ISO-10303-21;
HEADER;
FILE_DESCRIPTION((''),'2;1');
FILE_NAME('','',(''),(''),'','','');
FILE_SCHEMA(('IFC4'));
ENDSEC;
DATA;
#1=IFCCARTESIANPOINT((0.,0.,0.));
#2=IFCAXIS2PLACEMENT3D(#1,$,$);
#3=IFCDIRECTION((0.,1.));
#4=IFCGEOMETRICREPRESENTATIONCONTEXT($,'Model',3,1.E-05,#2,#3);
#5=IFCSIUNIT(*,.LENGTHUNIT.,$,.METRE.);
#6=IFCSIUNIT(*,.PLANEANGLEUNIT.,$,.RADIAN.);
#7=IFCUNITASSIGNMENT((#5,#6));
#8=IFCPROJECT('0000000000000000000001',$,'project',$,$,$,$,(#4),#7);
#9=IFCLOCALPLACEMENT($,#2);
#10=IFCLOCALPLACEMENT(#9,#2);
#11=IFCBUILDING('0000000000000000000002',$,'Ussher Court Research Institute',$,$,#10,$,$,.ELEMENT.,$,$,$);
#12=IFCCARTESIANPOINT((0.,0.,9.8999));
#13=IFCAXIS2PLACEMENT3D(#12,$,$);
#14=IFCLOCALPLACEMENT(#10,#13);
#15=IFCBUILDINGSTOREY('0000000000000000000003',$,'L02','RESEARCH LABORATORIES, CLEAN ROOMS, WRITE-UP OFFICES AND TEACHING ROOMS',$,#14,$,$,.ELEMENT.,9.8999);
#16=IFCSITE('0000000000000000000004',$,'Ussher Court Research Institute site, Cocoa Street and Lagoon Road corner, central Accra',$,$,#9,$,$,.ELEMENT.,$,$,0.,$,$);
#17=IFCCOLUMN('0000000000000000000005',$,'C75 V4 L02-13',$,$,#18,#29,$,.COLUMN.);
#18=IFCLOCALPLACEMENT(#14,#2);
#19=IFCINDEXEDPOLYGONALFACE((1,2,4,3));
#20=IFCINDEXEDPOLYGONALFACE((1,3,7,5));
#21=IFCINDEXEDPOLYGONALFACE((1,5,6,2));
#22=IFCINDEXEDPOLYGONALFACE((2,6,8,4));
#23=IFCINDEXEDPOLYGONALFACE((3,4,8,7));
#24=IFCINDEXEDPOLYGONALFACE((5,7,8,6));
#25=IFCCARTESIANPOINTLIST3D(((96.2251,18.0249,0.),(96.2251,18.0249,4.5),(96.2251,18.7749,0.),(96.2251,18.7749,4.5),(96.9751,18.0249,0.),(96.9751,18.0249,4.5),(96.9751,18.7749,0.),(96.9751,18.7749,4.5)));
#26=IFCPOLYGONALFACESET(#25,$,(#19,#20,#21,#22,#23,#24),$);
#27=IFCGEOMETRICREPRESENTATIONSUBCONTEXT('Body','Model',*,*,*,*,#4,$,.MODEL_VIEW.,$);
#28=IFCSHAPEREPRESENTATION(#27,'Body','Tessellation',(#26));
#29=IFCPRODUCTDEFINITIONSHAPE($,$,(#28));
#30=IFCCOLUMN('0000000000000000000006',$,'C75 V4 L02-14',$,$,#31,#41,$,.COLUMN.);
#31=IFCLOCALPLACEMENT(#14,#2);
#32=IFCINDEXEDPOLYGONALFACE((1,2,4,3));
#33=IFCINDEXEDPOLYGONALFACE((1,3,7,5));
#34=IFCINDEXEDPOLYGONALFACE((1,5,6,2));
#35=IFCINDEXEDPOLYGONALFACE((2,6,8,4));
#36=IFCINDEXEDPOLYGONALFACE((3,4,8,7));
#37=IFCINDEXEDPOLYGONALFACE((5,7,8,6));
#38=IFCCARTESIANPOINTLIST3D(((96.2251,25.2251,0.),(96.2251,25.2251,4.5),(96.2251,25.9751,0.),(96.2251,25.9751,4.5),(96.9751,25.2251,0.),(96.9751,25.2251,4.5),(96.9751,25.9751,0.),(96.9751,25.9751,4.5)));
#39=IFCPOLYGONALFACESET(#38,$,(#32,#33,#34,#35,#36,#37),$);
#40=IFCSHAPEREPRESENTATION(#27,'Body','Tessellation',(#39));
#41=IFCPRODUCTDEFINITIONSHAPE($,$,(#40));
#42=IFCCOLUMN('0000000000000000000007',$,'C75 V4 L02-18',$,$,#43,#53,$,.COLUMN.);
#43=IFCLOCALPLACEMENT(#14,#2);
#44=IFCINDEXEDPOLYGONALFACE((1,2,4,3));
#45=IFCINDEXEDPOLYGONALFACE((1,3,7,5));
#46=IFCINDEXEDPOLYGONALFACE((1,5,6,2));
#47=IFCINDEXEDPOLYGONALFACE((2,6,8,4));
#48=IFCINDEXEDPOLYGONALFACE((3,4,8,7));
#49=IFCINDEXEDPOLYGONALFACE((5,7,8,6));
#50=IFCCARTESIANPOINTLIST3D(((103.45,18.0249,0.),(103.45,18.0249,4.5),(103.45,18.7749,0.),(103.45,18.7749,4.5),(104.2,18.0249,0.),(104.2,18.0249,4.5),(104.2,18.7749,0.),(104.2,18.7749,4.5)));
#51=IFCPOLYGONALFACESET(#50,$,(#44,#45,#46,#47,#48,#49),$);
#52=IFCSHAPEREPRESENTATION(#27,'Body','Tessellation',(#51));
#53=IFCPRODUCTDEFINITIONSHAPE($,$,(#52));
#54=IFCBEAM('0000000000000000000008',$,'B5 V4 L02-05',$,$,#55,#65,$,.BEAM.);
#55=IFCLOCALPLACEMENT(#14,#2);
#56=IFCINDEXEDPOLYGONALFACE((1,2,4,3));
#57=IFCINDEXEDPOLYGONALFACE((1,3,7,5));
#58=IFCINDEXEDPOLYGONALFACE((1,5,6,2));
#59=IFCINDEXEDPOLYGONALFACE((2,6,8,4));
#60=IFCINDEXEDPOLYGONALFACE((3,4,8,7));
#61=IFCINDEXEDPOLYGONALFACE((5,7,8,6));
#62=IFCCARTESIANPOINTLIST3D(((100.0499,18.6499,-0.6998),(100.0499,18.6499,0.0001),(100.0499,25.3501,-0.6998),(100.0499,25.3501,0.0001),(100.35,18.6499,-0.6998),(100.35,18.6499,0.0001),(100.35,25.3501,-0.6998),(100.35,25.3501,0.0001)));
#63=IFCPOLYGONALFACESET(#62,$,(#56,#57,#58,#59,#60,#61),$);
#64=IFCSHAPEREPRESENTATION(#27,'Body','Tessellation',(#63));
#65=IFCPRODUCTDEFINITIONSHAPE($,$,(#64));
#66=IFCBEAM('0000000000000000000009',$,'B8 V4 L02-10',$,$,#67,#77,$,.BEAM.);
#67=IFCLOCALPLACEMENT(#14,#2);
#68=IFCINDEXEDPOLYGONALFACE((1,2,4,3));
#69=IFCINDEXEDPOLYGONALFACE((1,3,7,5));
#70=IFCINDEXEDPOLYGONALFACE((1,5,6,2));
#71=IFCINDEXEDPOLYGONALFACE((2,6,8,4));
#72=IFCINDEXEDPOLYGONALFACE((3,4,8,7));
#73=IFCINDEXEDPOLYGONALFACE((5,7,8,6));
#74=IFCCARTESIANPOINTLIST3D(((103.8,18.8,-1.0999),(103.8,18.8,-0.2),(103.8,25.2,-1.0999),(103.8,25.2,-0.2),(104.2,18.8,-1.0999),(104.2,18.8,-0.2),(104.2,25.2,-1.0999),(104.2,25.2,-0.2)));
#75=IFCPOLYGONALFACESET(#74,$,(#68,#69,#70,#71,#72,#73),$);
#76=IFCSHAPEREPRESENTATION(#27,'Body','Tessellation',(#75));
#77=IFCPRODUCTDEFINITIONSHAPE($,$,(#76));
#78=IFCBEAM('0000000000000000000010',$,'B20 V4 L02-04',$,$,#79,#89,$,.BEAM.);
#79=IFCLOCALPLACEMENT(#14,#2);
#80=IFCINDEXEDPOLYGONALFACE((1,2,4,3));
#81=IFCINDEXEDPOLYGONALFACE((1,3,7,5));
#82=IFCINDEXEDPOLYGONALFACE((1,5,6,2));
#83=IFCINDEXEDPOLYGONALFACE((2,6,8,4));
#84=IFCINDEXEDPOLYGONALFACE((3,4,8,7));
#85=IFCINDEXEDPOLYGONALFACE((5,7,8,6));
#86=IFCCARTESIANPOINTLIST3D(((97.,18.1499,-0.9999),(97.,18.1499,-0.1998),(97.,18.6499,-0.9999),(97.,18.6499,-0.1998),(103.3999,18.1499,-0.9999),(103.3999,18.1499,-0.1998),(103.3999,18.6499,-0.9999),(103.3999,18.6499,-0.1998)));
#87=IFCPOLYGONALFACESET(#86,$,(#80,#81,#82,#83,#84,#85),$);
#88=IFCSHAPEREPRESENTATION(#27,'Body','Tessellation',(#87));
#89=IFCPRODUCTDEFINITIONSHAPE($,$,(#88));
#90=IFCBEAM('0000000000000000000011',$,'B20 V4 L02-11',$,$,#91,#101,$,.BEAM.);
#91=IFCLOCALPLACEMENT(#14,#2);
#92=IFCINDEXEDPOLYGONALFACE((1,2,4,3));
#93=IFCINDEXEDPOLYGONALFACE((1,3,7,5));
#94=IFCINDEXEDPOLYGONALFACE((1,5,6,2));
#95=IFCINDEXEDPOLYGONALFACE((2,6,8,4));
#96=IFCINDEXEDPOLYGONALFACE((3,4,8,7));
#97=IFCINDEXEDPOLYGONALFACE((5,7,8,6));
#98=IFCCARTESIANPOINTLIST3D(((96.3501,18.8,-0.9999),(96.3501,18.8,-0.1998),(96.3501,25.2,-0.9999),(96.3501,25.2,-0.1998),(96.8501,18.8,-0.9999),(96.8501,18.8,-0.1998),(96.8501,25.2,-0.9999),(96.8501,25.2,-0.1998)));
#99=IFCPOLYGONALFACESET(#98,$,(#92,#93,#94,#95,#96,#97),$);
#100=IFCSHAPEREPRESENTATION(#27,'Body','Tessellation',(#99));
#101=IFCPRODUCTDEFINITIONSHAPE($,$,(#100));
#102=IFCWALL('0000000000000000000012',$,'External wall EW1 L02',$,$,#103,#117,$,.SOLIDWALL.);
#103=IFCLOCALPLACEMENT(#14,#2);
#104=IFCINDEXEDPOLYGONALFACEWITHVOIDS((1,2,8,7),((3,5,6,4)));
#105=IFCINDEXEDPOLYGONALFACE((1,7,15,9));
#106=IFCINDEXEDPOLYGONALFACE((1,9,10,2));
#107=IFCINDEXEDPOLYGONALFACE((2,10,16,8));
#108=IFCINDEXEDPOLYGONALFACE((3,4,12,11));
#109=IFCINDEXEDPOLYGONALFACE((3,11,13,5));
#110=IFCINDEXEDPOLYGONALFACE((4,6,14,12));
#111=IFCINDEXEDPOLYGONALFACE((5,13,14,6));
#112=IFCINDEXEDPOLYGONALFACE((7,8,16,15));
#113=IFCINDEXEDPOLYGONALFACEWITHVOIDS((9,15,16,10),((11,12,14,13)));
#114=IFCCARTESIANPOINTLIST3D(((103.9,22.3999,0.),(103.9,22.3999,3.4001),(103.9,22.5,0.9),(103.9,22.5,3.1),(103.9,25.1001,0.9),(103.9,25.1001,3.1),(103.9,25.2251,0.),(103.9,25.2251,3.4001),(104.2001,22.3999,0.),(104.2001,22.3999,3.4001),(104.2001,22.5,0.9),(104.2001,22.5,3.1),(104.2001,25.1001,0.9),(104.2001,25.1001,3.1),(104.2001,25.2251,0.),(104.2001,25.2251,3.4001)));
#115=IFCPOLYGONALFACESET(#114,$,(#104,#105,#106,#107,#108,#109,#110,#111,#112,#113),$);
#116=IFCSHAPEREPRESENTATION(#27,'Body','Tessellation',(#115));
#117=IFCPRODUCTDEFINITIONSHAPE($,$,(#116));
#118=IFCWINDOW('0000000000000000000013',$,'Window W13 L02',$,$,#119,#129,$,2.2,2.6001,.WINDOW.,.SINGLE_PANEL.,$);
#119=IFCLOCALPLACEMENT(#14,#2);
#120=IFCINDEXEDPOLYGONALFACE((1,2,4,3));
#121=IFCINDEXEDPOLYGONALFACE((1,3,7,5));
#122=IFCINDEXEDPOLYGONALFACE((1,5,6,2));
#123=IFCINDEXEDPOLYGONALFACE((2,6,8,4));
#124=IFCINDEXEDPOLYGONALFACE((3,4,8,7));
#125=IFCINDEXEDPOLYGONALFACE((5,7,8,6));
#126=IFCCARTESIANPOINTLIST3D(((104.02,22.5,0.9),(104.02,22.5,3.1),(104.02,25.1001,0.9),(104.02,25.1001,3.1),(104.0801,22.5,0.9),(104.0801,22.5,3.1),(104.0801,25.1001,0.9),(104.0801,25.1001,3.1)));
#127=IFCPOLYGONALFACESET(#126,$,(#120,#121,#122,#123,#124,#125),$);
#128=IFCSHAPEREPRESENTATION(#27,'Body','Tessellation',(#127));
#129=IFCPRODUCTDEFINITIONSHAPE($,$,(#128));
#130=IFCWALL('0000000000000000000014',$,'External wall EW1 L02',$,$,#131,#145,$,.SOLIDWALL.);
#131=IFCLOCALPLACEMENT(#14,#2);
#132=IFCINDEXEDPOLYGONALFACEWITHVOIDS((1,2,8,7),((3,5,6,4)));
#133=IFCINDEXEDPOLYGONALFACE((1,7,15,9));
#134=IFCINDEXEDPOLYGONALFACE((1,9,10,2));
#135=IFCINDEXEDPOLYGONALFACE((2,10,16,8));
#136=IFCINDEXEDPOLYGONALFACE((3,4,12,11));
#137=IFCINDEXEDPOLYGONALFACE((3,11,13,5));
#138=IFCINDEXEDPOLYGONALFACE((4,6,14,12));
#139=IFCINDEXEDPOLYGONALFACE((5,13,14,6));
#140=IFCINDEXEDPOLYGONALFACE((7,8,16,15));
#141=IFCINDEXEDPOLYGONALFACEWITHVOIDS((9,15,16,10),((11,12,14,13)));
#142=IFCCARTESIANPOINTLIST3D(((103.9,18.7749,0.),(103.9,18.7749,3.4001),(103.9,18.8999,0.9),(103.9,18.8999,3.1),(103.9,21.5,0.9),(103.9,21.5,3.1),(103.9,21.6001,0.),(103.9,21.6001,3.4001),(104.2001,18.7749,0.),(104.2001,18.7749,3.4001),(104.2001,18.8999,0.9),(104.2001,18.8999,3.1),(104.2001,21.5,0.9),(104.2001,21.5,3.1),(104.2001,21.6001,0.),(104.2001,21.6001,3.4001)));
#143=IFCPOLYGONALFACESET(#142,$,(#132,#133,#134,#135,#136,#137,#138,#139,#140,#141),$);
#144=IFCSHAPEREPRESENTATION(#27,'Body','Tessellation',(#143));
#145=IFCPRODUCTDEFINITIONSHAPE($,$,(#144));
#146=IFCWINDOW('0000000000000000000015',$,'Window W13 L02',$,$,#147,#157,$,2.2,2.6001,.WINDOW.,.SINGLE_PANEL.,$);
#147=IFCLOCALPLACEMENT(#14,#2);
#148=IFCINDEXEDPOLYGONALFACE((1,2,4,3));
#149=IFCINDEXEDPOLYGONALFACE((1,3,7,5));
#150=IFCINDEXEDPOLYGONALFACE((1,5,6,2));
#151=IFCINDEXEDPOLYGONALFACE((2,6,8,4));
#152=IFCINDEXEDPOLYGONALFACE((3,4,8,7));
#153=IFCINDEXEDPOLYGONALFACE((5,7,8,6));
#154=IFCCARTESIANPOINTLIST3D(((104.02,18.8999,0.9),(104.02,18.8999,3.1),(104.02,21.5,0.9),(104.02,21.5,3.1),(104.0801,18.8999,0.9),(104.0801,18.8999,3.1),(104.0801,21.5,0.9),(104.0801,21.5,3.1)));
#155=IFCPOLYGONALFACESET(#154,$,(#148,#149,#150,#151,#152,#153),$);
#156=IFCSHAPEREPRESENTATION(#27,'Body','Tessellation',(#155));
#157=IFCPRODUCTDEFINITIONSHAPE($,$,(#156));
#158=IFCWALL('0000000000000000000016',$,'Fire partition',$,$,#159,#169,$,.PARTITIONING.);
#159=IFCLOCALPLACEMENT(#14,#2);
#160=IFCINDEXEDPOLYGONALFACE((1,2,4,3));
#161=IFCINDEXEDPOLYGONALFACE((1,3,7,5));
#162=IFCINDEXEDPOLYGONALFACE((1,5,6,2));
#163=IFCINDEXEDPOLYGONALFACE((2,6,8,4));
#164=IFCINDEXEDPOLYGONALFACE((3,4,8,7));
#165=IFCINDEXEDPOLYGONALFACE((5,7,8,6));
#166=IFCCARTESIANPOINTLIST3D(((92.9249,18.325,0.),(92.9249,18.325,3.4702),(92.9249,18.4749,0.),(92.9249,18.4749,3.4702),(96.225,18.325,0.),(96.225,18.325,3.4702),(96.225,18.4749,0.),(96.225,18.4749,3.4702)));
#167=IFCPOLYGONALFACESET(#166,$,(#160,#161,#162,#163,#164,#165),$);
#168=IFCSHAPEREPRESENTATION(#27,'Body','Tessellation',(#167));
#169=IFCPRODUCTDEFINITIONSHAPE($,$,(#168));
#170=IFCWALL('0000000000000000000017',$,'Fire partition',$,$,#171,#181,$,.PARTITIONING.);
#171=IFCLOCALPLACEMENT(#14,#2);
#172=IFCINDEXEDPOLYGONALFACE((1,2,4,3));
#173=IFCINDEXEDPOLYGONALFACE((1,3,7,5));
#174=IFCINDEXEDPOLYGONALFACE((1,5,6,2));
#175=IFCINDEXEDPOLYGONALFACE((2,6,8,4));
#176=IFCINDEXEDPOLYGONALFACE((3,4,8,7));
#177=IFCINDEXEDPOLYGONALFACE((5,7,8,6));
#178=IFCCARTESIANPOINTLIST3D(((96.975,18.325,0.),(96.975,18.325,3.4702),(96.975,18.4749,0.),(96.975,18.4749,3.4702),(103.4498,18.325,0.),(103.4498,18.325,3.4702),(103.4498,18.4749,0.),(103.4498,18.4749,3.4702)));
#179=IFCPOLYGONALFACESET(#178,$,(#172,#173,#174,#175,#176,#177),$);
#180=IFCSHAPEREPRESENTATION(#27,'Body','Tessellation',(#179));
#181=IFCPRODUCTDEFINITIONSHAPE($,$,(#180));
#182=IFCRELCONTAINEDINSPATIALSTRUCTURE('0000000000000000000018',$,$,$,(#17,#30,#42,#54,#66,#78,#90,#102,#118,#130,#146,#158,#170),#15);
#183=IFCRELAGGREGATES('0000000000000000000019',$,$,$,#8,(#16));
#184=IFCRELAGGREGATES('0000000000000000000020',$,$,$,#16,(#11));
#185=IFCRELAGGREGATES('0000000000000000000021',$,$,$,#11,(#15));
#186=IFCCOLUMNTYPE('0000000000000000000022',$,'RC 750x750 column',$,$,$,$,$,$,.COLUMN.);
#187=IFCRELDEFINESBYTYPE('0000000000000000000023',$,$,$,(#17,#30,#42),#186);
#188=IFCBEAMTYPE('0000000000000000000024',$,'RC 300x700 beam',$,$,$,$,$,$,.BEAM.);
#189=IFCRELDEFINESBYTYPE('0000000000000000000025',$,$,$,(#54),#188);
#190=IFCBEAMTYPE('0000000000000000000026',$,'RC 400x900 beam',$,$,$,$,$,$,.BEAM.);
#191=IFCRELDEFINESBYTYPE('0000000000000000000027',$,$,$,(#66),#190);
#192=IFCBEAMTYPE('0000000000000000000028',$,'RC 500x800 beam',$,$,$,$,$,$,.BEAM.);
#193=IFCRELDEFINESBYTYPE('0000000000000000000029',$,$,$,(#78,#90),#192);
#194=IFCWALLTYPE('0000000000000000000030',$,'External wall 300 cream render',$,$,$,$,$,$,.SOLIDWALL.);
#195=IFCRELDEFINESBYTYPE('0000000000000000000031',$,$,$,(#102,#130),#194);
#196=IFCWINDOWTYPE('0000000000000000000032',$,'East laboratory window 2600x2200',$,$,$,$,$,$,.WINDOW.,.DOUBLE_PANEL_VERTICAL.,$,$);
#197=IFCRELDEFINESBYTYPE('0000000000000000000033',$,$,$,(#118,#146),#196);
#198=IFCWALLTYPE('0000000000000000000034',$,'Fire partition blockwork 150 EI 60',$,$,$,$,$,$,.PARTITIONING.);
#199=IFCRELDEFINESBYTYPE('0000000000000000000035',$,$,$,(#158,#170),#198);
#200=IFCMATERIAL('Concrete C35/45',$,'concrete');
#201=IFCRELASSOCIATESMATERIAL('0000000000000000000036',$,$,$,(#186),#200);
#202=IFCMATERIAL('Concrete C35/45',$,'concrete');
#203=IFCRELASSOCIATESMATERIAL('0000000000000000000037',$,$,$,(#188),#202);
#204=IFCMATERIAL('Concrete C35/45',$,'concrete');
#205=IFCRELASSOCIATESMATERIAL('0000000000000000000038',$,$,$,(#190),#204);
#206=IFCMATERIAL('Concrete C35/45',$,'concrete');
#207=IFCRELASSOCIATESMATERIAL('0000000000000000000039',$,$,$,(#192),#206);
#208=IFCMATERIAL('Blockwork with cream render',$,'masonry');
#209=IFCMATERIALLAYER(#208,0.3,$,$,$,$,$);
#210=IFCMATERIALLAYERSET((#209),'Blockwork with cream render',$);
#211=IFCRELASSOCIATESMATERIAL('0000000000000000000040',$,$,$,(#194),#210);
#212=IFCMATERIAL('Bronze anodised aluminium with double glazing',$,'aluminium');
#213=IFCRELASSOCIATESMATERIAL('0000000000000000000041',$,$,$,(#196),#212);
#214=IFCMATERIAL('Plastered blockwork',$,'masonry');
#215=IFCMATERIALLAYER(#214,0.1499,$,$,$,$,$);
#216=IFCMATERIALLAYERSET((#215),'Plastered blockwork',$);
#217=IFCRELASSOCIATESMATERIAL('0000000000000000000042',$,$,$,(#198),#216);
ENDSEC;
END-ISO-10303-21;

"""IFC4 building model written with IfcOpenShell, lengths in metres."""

from ifc_helpers import new_model, si_unit, direction, frame, frame_2d, origin, origin_2d, place, context, subcontext, project, spatial, rectangle, extrude, material, layer, layer_set, material_profile, profile_set, type_object, element, fill, save


model = new_model("IFC4")

# Units and contexts
model_context = context("Model", 3, precision=1e-05, world=origin(), true_north=direction((0.0, 1.0)))
body_context = subcontext(model_context, "Body", "Model", "MODEL_VIEW")
ifc_project = project(units=[si_unit("LENGTHUNIT", "METRE"), si_unit("PLANEANGLEUNIT", "RADIAN")], contexts=[model_context])

# Site, building, storey
site_placement = place(None, origin())
site = spatial("IfcSite", under=ifc_project, at=site_placement, Name="Ussher Court Research Institute site, Cocoa Street and Lagoon Road corner, central Accra", CompositionType="ELEMENT", RefElevation=0.0)
building_placement = place(site_placement, origin())
building = spatial("IfcBuilding", under=site, at=building_placement, Name="Ussher Court Research Institute", CompositionType="ELEMENT")
storey_placement = place(building_placement, frame((0.0, 0.0, 9.8999)))
storey = spatial("IfcBuildingStorey", under=building, at=storey_placement, Name="L02", Description="RESEARCH LABORATORIES, CLEAN ROOMS, WRITE-UP OFFICES AND TEACHING ROOMS", CompositionType="ELEMENT", Elevation=9.8999)

# Columns
ifc_material_1 = material(Name="Concrete C35/45", Category="concrete")
ifc_material_profile_1 = material_profile(ifc_material_1, rectangle(XDim=0.75, YDim=0.75, at=origin_2d()), Name="RC 750x750")
ifc_profile_set_1 = profile_set([ifc_material_profile_1], Name="Concrete C35/45")
column_type = type_object("IfcColumnType", Name="RC 750x750 column", PredefinedType="COLUMN", material=ifc_profile_set_1)
for number, where, z_axis, x_axis, name in (
    (1, (96.6001, 18.3999, 0.0), (0.0, 0.0, 1.0), (1.0, 0.0, 0.0), "C75 V4 L02-13"),
    (2, (96.6001, 25.6001, 0.0), (0.0, 0.0, 1.0), (1.0, 0.0, 0.0), "C75 V4 L02-14"),
    (3, (103.825, 18.3999, 0.0), (0.0, 0.0, 1.0), (1.0, 0.0, 0.0), "C75 V4 L02-18"),
):
    element("IfcColumn", number, at=place(storey_placement, frame(where, z_axis=z_axis, x_axis=x_axis)), inside=storey, type_object=column_type, Name=name, PredefinedType="COLUMN", context=body_context, shape_type="SweptSolid", body=[
        extrude(rectangle(XDim=0.75, YDim=0.75, at=origin_2d()), origin(), (0.0, 0.0, 1.0), 4.5),
    ])

# Beams
ifc_material_2 = material(Name="Concrete C35/45", Category="concrete")
ifc_material_profile_2 = material_profile(ifc_material_2, rectangle(XDim=0.3, YDim=0.7, at=origin_2d()), Name="RC 300x700")
ifc_profile_set_2 = profile_set([ifc_material_profile_2], Name="Concrete C35/45")
beam_type_1 = type_object("IfcBeamType", Name="RC 300x700 beam", PredefinedType="BEAM", material=ifc_profile_set_2)
beam_1_placement = place(storey_placement, frame((100.2, 18.6499, -0.3499), z_axis=(0.0, 1.0, 0.0), x_axis=(-1.0, 0.0, 0.0)))
element("IfcBeam", 4, at=beam_1_placement, inside=storey, type_object=beam_type_1, Name="B5 V4 L02-05", PredefinedType="BEAM", context=body_context, shape_type="SweptSolid", body=[
    extrude(rectangle(XDim=0.3, YDim=0.7, at=origin_2d()), origin(), (0.0, 0.0, 1.0), 6.7002),
])
ifc_material_3 = material(Name="Concrete C35/45", Category="concrete")
ifc_material_profile_3 = material_profile(ifc_material_3, rectangle(XDim=0.3999, YDim=0.8999, at=origin_2d()), Name="RC 400x900")
ifc_profile_set_3 = profile_set([ifc_material_profile_3], Name="Concrete C35/45")
beam_type_2 = type_object("IfcBeamType", Name="RC 400x900 beam", PredefinedType="BEAM", material=ifc_profile_set_3)
beam_2_placement = place(storey_placement, frame((104.0, 18.8, -0.6499), z_axis=(0.0, 1.0, 0.0), x_axis=(-1.0, 0.0, 0.0)))
element("IfcBeam", 5, at=beam_2_placement, inside=storey, type_object=beam_type_2, Name="B8 V4 L02-10", PredefinedType="BEAM", context=body_context, shape_type="SweptSolid", body=[
    extrude(rectangle(XDim=0.3999, YDim=0.8999, at=origin_2d()), origin(), (0.0, 0.0, 1.0), 6.3999),
])
ifc_material_4 = material(Name="Concrete C35/45", Category="concrete")
ifc_material_profile_4 = material_profile(ifc_material_4, rectangle(XDim=0.5, YDim=0.8, at=origin_2d()), Name="RC 500x800")
ifc_profile_set_4 = profile_set([ifc_material_profile_4], Name="Concrete C35/45")
beam_type_3 = type_object("IfcBeamType", Name="RC 500x800 beam", PredefinedType="BEAM", material=ifc_profile_set_4)
for number, where, z_axis, x_axis, name in (
    (6, (97.0, 18.3999, -0.5999), (1.0, 0.0, 0.0), (0.0, 1.0, 0.0), "B20 V4 L02-04"),
    (7, (96.6001, 18.8, -0.5999), (0.0, 1.0, 0.0), (-1.0, 0.0, 0.0), "B20 V4 L02-11"),
):
    element("IfcBeam", number, at=place(storey_placement, frame(where, z_axis=z_axis, x_axis=x_axis)), inside=storey, type_object=beam_type_3, Name=name, PredefinedType="BEAM", context=body_context, shape_type="SweptSolid", body=[
        extrude(rectangle(XDim=0.5, YDim=0.8, at=origin_2d()), origin(), (0.0, 0.0, 1.0), 6.3999),
    ])

# Walls, openings, windows
ifc_material_5 = material(Name="Blockwork with cream render", Category="masonry")
ifc_layer_1 = layer(ifc_material_5, 0.3)
ifc_layer_set_1 = layer_set([ifc_layer_1], Name="Blockwork with cream render")
wall_type_1 = type_object("IfcWallType", Name="External wall 300 cream render", PredefinedType="SOLIDWALL", material=ifc_layer_set_1)
wall_1_placement = place(storey_placement, frame((104.05, 25.2251, 0.0), z_axis=(0.0, 0.0, 1.0), x_axis=(0.0, -1.0, 0.0)))
wall_1 = element("IfcWall", 8, at=wall_1_placement, inside=storey, type_object=wall_type_1, Name="External wall EW1 L02", PredefinedType="SOLIDWALL", context=body_context, shape_type="SweptSolid", body=[
    extrude(rectangle(XDim=2.8252, YDim=0.3, at=frame_2d((1.4126, 0.0))), origin(), (0.0, 0.0, 1.0), 3.4001),
])
opening_1_placement = place(wall_1_placement, frame((0.125, 0.0, 0.8999)))
opening_1 = element("IfcOpeningElement", 9, at=opening_1_placement, cuts=wall_1, PredefinedType="OPENING", context=body_context, shape_type="SweptSolid", body=[
    extrude(rectangle(XDim=2.6001, YDim=2.2, at=frame_2d((1.3, 1.1001))), frame((0.0, 0.1602, 0.0), z_axis=(0.0, -1.0, 0.0), x_axis=(1.0, 0.0, 0.0)), (0.0, 0.0, 1.0), 0.3201),
])
ifc_material_6 = material(Name="Bronze anodised aluminium with double glazing", Category="aluminium")
window_type = type_object("IfcWindowType", Name="East laboratory window 2600x2200", PartitioningType="DOUBLE_PANEL_VERTICAL", PredefinedType="WINDOW", material=ifc_material_6)
window_1_placement = place(opening_1_placement, origin())
window_1 = element("IfcWindow", 10, at=window_1_placement, inside=storey, type_object=window_type, Name="Window W13 L02", OverallHeight=2.2, OverallWidth=2.6001, PartitioningType="SINGLE_PANEL", PredefinedType="WINDOW", context=body_context, shape_type="SweptSolid", body=[
    extrude(rectangle(XDim=2.6001, YDim=2.2, at=frame_2d((1.3, 1.1001))), frame((0.0, 0.03, 0.0), z_axis=(0.0, -1.0, 0.0), x_axis=(1.0, 0.0, 0.0)), (0.0, 0.0, 1.0), 0.0601),
])
fill(opening_1, window_1)
wall_2_placement = place(storey_placement, frame((104.05, 21.6001, 0.0), z_axis=(0.0, 0.0, 1.0), x_axis=(0.0, -1.0, 0.0)))
wall_2 = element("IfcWall", 11, at=wall_2_placement, inside=storey, type_object=wall_type_1, Name="External wall EW1 L02", PredefinedType="SOLIDWALL", context=body_context, shape_type="SweptSolid", body=[
    extrude(rectangle(XDim=2.8252, YDim=0.3, at=frame_2d((1.4126, 0.0))), origin(), (0.0, 0.0, 1.0), 3.4001),
])
opening_2_placement = place(wall_2_placement, frame((0.1001, 0.0, 0.8999)))
opening_2 = element("IfcOpeningElement", 12, at=opening_2_placement, cuts=wall_2, PredefinedType="OPENING", context=body_context, shape_type="SweptSolid", body=[
    extrude(rectangle(XDim=2.6001, YDim=2.2, at=frame_2d((1.3, 1.1001))), frame((0.0, 0.1602, 0.0), z_axis=(0.0, -1.0, 0.0), x_axis=(1.0, 0.0, 0.0)), (0.0, 0.0, 1.0), 0.3201),
])
window_2_placement = place(opening_2_placement, origin())
window_2 = element("IfcWindow", 13, at=window_2_placement, inside=storey, type_object=window_type, Name="Window W13 L02", OverallHeight=2.2, OverallWidth=2.6001, PartitioningType="SINGLE_PANEL", PredefinedType="WINDOW", context=body_context, shape_type="SweptSolid", body=[
    extrude(rectangle(XDim=2.6001, YDim=2.2, at=frame_2d((1.3, 1.1001))), frame((0.0, 0.03, 0.0), z_axis=(0.0, -1.0, 0.0), x_axis=(1.0, 0.0, 0.0)), (0.0, 0.0, 1.0), 0.0601),
])
fill(opening_2, window_2)

# Walls
ifc_material_7 = material(Name="Plastered blockwork", Category="masonry")
ifc_layer_2 = layer(ifc_material_7, 0.1499)
ifc_layer_set_2 = layer_set([ifc_layer_2], Name="Plastered blockwork")
wall_type_2 = type_object("IfcWallType", Name="Fire partition blockwork 150 EI 60", PredefinedType="PARTITIONING", material=ifc_layer_set_2)
wall_3_placement = place(storey_placement, frame((92.925, 18.3999, 0.0), z_axis=(0.0, 0.0, 1.0), x_axis=(1.0, 0.0, 0.0)))
element("IfcWall", 14, at=wall_3_placement, inside=storey, type_object=wall_type_2, Name="Fire partition", PredefinedType="PARTITIONING", context=body_context, shape_type="SweptSolid", body=[
    extrude(rectangle(XDim=3.3, YDim=0.1499, at=frame_2d((1.6499, 0.0))), origin(), (0.0, 0.0, 1.0), 3.4702),
])
wall_4_placement = place(storey_placement, frame((96.9751, 18.3999, 0.0), z_axis=(0.0, 0.0, 1.0), x_axis=(1.0, 0.0, 0.0)))
element("IfcWall", 15, at=wall_4_placement, inside=storey, type_object=wall_type_2, Name="Fire partition", PredefinedType="PARTITIONING", context=body_context, shape_type="SweptSolid", body=[
    extrude(rectangle(XDim=6.4749, YDim=0.1499, at=frame_2d((3.2373, 0.0))), origin(), (0.0, 0.0, 1.0), 3.4702),
])

save(model, "model.ifc")
